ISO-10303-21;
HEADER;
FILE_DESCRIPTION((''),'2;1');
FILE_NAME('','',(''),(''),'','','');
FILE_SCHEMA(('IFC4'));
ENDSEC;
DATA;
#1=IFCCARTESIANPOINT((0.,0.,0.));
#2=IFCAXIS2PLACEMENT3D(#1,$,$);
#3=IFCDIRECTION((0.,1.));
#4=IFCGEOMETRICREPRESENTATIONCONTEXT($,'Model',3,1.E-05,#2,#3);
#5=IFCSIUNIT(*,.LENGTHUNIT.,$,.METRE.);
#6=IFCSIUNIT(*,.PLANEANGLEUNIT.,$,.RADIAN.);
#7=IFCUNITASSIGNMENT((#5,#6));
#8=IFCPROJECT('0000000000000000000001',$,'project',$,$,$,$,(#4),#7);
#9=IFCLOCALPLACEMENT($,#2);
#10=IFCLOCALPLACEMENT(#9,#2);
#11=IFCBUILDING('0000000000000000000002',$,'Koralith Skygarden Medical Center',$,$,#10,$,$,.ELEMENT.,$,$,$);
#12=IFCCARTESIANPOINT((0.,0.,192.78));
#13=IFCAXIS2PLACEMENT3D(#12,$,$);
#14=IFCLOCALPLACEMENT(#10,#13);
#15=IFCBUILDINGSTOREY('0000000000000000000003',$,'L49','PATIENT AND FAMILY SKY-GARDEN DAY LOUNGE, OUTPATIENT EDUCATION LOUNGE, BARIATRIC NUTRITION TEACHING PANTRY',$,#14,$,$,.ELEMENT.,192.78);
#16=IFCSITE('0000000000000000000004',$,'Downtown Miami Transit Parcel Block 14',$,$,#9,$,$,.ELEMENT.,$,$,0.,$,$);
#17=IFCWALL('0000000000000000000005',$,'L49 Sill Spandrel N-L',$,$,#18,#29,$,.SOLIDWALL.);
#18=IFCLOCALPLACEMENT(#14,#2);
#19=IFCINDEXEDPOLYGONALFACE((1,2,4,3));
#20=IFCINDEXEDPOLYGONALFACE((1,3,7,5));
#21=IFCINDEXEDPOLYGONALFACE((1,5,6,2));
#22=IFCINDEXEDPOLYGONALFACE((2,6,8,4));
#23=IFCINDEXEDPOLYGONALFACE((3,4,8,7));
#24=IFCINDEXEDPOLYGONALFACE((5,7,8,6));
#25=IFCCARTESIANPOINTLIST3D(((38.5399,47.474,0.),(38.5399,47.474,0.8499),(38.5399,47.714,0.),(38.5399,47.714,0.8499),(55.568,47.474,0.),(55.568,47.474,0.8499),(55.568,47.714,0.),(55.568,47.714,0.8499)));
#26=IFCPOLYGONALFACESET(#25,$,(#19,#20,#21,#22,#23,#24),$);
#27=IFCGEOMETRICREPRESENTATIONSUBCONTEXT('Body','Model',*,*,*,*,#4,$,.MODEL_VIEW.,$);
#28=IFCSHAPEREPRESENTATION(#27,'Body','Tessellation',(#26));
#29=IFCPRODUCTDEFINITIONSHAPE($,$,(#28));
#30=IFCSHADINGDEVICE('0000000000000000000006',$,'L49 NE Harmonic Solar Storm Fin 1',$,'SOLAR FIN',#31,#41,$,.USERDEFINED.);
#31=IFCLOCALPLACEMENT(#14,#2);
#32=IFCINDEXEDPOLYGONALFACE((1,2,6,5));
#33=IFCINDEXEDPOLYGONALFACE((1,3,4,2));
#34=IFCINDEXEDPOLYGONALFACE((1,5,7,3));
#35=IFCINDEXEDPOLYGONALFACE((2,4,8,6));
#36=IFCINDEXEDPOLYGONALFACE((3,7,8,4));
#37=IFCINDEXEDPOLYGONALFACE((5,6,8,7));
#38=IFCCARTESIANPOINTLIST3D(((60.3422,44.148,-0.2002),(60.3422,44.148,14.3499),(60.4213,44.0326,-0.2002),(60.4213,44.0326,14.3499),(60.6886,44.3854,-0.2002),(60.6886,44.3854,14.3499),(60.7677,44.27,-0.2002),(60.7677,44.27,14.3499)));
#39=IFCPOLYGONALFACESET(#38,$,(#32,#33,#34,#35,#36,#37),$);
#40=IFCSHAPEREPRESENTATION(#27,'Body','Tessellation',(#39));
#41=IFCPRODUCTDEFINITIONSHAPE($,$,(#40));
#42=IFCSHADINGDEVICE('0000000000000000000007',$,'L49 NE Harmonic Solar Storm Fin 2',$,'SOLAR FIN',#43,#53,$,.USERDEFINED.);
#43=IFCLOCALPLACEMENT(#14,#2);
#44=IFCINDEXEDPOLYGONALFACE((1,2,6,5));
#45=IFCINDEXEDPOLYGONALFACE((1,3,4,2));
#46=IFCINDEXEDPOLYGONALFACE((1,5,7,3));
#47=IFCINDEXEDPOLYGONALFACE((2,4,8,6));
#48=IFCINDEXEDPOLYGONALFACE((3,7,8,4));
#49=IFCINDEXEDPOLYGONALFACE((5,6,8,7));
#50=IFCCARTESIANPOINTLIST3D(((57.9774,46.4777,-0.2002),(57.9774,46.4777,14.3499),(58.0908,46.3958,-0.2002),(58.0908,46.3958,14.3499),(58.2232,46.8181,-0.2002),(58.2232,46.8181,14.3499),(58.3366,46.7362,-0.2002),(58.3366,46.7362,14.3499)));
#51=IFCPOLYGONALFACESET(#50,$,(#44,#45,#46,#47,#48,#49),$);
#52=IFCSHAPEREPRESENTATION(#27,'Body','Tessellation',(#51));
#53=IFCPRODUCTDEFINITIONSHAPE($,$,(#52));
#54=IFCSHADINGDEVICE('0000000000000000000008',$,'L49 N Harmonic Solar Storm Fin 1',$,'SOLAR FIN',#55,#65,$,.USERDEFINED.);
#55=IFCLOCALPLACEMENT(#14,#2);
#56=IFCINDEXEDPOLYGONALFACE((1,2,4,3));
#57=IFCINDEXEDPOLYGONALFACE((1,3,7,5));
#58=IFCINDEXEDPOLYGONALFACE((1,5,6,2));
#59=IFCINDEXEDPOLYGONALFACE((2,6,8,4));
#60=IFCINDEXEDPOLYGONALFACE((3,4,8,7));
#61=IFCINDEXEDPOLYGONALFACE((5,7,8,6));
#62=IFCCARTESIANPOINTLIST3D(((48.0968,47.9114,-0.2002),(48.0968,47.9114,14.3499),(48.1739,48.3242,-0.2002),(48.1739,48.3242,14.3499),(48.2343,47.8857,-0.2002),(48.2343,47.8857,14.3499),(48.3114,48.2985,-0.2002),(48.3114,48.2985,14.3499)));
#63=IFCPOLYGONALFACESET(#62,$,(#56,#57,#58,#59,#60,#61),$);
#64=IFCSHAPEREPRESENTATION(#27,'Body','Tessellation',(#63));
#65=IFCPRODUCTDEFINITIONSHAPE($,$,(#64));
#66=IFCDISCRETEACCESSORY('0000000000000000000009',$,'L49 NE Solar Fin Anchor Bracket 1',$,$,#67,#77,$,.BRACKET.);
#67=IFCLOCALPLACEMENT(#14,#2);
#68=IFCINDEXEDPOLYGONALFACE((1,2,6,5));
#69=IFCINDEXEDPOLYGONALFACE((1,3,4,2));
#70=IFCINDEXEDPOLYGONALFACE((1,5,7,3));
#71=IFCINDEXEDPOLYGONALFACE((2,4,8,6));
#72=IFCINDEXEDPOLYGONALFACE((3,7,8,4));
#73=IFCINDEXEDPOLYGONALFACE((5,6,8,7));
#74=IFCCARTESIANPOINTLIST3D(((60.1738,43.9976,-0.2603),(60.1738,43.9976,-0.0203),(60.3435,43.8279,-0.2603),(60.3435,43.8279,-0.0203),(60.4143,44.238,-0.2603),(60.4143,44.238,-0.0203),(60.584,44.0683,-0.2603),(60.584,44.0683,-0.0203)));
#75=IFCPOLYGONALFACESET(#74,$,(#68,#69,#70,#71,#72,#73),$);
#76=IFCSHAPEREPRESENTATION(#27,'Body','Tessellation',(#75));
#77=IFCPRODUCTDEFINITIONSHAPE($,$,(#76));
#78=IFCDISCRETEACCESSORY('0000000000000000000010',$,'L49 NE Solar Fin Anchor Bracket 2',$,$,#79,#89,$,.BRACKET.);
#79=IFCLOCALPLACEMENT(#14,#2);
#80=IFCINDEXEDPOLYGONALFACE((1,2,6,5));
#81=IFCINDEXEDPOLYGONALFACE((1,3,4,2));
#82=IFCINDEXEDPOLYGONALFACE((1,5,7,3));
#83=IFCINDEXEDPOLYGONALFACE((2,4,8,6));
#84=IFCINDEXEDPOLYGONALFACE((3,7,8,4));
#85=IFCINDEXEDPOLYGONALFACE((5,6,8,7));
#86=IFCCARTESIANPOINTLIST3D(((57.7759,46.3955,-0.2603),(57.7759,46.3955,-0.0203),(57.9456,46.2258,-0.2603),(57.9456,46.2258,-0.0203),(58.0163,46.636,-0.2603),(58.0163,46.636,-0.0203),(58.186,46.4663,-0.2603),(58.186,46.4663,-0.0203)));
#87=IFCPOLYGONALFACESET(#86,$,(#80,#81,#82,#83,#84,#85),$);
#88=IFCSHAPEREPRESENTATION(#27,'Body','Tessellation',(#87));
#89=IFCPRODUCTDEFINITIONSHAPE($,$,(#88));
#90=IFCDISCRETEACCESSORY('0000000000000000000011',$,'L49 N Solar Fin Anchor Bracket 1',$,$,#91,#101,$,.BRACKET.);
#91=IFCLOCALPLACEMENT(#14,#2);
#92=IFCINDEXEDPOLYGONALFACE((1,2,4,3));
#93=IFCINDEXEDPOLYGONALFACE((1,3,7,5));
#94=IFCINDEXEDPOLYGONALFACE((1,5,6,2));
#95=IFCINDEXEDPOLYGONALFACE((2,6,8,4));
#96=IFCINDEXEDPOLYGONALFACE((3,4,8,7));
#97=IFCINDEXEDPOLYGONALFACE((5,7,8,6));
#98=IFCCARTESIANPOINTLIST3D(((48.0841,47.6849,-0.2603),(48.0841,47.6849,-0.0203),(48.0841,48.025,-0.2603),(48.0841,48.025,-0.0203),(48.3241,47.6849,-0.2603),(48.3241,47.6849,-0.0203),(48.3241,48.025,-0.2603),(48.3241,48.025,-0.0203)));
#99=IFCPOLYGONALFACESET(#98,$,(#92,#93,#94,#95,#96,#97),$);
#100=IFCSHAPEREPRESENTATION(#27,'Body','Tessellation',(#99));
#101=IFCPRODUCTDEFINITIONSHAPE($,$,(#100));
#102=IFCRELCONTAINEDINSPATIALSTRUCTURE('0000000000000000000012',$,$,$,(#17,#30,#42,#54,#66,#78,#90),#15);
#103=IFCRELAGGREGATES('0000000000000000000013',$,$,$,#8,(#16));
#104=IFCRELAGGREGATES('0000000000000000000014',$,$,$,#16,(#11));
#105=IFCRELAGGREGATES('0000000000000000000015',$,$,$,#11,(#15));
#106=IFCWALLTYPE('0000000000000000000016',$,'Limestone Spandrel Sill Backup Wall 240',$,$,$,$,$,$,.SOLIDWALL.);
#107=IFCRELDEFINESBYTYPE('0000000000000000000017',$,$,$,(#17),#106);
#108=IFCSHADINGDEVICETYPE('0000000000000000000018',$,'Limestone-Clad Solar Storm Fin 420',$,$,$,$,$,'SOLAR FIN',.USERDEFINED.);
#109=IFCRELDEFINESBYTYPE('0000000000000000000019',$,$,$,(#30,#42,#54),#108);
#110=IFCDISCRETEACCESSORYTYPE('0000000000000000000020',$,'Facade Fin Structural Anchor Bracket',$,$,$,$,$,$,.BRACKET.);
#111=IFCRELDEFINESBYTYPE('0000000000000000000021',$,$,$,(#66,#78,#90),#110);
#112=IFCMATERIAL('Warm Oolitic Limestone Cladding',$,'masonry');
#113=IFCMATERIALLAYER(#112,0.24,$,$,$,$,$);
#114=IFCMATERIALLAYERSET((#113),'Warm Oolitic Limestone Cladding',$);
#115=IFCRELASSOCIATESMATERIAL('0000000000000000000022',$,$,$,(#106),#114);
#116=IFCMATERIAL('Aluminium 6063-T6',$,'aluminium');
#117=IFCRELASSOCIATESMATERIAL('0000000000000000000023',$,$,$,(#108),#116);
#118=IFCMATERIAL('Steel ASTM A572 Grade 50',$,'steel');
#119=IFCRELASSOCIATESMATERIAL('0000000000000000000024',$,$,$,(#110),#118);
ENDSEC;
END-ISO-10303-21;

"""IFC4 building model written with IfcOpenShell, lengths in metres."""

from ifc_helpers import new_model, si_unit, direction, frame, frame_2d, origin, origin_2d, place, context, subcontext, project, spatial, rectangle, extrude, material, layer, layer_set, type_object, element, save


model = new_model("IFC4")

# Units and contexts
model_context = context("Model", 3, precision=1e-05, world=origin(), true_north=direction((0.0, 1.0)))
body_context = subcontext(model_context, "Body", "Model", "MODEL_VIEW")
ifc_project = project(units=[si_unit("LENGTHUNIT", "METRE"), si_unit("PLANEANGLEUNIT", "RADIAN")], contexts=[model_context])

# Site, building, storey
site_placement = place(None, origin())
site = spatial("IfcSite", under=ifc_project, at=site_placement, Name="Downtown Miami Transit Parcel Block 14", CompositionType="ELEMENT", RefElevation=0.0)
building_placement = place(site_placement, origin())
building = spatial("IfcBuilding", under=site, at=building_placement, Name="Koralith Skygarden Medical Center", CompositionType="ELEMENT")
storey_placement = place(building_placement, frame((0.0, 0.0, 192.78)))
storey = spatial("IfcBuildingStorey", under=building, at=storey_placement, Name="L49", Description="PATIENT AND FAMILY SKY-GARDEN DAY LOUNGE, OUTPATIENT EDUCATION LOUNGE, BARIATRIC NUTRITION TEACHING PANTRY", CompositionType="ELEMENT", Elevation=192.78)

# Shared definitions
ifc_material_1 = material(Name="Aluminium 6063-T6", Category="aluminium")

# Shared definitions
ifc_material_2 = material(Name="Warm Oolitic Limestone Cladding", Category="masonry")

# Wall
ifc_layer_1 = layer(ifc_material_2, 0.24)
ifc_layer_set_1 = layer_set([ifc_layer_1], Name="Warm Oolitic Limestone Cladding")
wall_type = type_object("IfcWallType", Name="Limestone Spandrel Sill Backup Wall 240", PredefinedType="SOLIDWALL", material=ifc_layer_set_1)
wall_placement = place(storey_placement, frame((55.5681, 47.594, 0.0), z_axis=(0.0, 0.0, 1.0), x_axis=(-1.0, 0.0, 0.0)))
element("IfcWall", 1, at=wall_placement, inside=storey, type_object=wall_type, Name="L49 Sill Spandrel N-L", PredefinedType="SOLIDWALL", context=body_context, shape_type="SweptSolid", body=[
    extrude(rectangle(XDim=17.0281, YDim=0.24, at=frame_2d((8.5142, 0.0))), origin(), (0.0, 0.0, 1.0), 0.8499),
])

# Shading devices
shading_device_type = type_object("IfcShadingDeviceType", Name="Limestone-Clad Solar Storm Fin 420", ElementType="SOLAR FIN", PredefinedType="USERDEFINED", material=ifc_material_1)
for number, where, z_axis, x_axis, name in (
    (2, (60.5549, 44.209, -0.2002), (0.0, 0.0, 1.0), (0.824857, 0.565341, 0.0), "L49 NE Harmonic Solar Storm Fin 1"),
    (3, (58.157, 46.6069, -0.2002), (0.0, 0.0, 1.0), (0.585425, 0.810727, 0.0), "L49 NE Harmonic Solar Storm Fin 2"),
    (4, (48.2041, 48.105, -0.2002), (0.0, 0.0, 1.0), (0.183505, 0.983019, 0.0), "L49 N Harmonic Solar Storm Fin 1"),
):
    element("IfcShadingDevice", number, at=place(storey_placement, frame(where, z_axis=z_axis, x_axis=x_axis)), inside=storey, type_object=shading_device_type, Name=name, ObjectType="SOLAR FIN", PredefinedType="USERDEFINED", context=body_context, shape_type="SweptSolid", body=[
        extrude(rectangle(XDim=0.4199, YDim=0.1399, at=origin_2d()), origin(), (0.0, 0.0, 1.0), 14.55),
    ])

# Discrete accessories
ifc_material_3 = material(Name="Steel ASTM A572 Grade 50", Category="steel")
discrete_accessory_type = type_object("IfcDiscreteAccessoryType", Name="Facade Fin Structural Anchor Bracket", PredefinedType="BRACKET", material=ifc_material_3)
for number, where, z_axis, x_axis, name in (
    (5, (60.3789, 44.033, -0.2603), (0.0, 0.0, 1.0), (0.707107, 0.707107, 0.0), "L49 NE Solar Fin Anchor Bracket 1"),
    (6, (57.981, 46.4309, -0.2603), (0.0, 0.0, 1.0), (0.707107, 0.707107, 0.0), "L49 NE Solar Fin Anchor Bracket 2"),
    (7, (48.2041, 47.855, -0.2603), (0.0, 0.0, 1.0), (0.0, 1.0, 0.0), "L49 N Solar Fin Anchor Bracket 1"),
):
    element("IfcDiscreteAccessory", number, at=place(storey_placement, frame(where, z_axis=z_axis, x_axis=x_axis)), inside=storey, type_object=discrete_accessory_type, Name=name, PredefinedType="BRACKET", context=body_context, shape_type="SweptSolid", body=[
        extrude(rectangle(XDim=0.3401, YDim=0.24, at=origin_2d()), origin(), (0.0, 0.0, 1.0), 0.24),
    ])

save(model, "model.ifc")
